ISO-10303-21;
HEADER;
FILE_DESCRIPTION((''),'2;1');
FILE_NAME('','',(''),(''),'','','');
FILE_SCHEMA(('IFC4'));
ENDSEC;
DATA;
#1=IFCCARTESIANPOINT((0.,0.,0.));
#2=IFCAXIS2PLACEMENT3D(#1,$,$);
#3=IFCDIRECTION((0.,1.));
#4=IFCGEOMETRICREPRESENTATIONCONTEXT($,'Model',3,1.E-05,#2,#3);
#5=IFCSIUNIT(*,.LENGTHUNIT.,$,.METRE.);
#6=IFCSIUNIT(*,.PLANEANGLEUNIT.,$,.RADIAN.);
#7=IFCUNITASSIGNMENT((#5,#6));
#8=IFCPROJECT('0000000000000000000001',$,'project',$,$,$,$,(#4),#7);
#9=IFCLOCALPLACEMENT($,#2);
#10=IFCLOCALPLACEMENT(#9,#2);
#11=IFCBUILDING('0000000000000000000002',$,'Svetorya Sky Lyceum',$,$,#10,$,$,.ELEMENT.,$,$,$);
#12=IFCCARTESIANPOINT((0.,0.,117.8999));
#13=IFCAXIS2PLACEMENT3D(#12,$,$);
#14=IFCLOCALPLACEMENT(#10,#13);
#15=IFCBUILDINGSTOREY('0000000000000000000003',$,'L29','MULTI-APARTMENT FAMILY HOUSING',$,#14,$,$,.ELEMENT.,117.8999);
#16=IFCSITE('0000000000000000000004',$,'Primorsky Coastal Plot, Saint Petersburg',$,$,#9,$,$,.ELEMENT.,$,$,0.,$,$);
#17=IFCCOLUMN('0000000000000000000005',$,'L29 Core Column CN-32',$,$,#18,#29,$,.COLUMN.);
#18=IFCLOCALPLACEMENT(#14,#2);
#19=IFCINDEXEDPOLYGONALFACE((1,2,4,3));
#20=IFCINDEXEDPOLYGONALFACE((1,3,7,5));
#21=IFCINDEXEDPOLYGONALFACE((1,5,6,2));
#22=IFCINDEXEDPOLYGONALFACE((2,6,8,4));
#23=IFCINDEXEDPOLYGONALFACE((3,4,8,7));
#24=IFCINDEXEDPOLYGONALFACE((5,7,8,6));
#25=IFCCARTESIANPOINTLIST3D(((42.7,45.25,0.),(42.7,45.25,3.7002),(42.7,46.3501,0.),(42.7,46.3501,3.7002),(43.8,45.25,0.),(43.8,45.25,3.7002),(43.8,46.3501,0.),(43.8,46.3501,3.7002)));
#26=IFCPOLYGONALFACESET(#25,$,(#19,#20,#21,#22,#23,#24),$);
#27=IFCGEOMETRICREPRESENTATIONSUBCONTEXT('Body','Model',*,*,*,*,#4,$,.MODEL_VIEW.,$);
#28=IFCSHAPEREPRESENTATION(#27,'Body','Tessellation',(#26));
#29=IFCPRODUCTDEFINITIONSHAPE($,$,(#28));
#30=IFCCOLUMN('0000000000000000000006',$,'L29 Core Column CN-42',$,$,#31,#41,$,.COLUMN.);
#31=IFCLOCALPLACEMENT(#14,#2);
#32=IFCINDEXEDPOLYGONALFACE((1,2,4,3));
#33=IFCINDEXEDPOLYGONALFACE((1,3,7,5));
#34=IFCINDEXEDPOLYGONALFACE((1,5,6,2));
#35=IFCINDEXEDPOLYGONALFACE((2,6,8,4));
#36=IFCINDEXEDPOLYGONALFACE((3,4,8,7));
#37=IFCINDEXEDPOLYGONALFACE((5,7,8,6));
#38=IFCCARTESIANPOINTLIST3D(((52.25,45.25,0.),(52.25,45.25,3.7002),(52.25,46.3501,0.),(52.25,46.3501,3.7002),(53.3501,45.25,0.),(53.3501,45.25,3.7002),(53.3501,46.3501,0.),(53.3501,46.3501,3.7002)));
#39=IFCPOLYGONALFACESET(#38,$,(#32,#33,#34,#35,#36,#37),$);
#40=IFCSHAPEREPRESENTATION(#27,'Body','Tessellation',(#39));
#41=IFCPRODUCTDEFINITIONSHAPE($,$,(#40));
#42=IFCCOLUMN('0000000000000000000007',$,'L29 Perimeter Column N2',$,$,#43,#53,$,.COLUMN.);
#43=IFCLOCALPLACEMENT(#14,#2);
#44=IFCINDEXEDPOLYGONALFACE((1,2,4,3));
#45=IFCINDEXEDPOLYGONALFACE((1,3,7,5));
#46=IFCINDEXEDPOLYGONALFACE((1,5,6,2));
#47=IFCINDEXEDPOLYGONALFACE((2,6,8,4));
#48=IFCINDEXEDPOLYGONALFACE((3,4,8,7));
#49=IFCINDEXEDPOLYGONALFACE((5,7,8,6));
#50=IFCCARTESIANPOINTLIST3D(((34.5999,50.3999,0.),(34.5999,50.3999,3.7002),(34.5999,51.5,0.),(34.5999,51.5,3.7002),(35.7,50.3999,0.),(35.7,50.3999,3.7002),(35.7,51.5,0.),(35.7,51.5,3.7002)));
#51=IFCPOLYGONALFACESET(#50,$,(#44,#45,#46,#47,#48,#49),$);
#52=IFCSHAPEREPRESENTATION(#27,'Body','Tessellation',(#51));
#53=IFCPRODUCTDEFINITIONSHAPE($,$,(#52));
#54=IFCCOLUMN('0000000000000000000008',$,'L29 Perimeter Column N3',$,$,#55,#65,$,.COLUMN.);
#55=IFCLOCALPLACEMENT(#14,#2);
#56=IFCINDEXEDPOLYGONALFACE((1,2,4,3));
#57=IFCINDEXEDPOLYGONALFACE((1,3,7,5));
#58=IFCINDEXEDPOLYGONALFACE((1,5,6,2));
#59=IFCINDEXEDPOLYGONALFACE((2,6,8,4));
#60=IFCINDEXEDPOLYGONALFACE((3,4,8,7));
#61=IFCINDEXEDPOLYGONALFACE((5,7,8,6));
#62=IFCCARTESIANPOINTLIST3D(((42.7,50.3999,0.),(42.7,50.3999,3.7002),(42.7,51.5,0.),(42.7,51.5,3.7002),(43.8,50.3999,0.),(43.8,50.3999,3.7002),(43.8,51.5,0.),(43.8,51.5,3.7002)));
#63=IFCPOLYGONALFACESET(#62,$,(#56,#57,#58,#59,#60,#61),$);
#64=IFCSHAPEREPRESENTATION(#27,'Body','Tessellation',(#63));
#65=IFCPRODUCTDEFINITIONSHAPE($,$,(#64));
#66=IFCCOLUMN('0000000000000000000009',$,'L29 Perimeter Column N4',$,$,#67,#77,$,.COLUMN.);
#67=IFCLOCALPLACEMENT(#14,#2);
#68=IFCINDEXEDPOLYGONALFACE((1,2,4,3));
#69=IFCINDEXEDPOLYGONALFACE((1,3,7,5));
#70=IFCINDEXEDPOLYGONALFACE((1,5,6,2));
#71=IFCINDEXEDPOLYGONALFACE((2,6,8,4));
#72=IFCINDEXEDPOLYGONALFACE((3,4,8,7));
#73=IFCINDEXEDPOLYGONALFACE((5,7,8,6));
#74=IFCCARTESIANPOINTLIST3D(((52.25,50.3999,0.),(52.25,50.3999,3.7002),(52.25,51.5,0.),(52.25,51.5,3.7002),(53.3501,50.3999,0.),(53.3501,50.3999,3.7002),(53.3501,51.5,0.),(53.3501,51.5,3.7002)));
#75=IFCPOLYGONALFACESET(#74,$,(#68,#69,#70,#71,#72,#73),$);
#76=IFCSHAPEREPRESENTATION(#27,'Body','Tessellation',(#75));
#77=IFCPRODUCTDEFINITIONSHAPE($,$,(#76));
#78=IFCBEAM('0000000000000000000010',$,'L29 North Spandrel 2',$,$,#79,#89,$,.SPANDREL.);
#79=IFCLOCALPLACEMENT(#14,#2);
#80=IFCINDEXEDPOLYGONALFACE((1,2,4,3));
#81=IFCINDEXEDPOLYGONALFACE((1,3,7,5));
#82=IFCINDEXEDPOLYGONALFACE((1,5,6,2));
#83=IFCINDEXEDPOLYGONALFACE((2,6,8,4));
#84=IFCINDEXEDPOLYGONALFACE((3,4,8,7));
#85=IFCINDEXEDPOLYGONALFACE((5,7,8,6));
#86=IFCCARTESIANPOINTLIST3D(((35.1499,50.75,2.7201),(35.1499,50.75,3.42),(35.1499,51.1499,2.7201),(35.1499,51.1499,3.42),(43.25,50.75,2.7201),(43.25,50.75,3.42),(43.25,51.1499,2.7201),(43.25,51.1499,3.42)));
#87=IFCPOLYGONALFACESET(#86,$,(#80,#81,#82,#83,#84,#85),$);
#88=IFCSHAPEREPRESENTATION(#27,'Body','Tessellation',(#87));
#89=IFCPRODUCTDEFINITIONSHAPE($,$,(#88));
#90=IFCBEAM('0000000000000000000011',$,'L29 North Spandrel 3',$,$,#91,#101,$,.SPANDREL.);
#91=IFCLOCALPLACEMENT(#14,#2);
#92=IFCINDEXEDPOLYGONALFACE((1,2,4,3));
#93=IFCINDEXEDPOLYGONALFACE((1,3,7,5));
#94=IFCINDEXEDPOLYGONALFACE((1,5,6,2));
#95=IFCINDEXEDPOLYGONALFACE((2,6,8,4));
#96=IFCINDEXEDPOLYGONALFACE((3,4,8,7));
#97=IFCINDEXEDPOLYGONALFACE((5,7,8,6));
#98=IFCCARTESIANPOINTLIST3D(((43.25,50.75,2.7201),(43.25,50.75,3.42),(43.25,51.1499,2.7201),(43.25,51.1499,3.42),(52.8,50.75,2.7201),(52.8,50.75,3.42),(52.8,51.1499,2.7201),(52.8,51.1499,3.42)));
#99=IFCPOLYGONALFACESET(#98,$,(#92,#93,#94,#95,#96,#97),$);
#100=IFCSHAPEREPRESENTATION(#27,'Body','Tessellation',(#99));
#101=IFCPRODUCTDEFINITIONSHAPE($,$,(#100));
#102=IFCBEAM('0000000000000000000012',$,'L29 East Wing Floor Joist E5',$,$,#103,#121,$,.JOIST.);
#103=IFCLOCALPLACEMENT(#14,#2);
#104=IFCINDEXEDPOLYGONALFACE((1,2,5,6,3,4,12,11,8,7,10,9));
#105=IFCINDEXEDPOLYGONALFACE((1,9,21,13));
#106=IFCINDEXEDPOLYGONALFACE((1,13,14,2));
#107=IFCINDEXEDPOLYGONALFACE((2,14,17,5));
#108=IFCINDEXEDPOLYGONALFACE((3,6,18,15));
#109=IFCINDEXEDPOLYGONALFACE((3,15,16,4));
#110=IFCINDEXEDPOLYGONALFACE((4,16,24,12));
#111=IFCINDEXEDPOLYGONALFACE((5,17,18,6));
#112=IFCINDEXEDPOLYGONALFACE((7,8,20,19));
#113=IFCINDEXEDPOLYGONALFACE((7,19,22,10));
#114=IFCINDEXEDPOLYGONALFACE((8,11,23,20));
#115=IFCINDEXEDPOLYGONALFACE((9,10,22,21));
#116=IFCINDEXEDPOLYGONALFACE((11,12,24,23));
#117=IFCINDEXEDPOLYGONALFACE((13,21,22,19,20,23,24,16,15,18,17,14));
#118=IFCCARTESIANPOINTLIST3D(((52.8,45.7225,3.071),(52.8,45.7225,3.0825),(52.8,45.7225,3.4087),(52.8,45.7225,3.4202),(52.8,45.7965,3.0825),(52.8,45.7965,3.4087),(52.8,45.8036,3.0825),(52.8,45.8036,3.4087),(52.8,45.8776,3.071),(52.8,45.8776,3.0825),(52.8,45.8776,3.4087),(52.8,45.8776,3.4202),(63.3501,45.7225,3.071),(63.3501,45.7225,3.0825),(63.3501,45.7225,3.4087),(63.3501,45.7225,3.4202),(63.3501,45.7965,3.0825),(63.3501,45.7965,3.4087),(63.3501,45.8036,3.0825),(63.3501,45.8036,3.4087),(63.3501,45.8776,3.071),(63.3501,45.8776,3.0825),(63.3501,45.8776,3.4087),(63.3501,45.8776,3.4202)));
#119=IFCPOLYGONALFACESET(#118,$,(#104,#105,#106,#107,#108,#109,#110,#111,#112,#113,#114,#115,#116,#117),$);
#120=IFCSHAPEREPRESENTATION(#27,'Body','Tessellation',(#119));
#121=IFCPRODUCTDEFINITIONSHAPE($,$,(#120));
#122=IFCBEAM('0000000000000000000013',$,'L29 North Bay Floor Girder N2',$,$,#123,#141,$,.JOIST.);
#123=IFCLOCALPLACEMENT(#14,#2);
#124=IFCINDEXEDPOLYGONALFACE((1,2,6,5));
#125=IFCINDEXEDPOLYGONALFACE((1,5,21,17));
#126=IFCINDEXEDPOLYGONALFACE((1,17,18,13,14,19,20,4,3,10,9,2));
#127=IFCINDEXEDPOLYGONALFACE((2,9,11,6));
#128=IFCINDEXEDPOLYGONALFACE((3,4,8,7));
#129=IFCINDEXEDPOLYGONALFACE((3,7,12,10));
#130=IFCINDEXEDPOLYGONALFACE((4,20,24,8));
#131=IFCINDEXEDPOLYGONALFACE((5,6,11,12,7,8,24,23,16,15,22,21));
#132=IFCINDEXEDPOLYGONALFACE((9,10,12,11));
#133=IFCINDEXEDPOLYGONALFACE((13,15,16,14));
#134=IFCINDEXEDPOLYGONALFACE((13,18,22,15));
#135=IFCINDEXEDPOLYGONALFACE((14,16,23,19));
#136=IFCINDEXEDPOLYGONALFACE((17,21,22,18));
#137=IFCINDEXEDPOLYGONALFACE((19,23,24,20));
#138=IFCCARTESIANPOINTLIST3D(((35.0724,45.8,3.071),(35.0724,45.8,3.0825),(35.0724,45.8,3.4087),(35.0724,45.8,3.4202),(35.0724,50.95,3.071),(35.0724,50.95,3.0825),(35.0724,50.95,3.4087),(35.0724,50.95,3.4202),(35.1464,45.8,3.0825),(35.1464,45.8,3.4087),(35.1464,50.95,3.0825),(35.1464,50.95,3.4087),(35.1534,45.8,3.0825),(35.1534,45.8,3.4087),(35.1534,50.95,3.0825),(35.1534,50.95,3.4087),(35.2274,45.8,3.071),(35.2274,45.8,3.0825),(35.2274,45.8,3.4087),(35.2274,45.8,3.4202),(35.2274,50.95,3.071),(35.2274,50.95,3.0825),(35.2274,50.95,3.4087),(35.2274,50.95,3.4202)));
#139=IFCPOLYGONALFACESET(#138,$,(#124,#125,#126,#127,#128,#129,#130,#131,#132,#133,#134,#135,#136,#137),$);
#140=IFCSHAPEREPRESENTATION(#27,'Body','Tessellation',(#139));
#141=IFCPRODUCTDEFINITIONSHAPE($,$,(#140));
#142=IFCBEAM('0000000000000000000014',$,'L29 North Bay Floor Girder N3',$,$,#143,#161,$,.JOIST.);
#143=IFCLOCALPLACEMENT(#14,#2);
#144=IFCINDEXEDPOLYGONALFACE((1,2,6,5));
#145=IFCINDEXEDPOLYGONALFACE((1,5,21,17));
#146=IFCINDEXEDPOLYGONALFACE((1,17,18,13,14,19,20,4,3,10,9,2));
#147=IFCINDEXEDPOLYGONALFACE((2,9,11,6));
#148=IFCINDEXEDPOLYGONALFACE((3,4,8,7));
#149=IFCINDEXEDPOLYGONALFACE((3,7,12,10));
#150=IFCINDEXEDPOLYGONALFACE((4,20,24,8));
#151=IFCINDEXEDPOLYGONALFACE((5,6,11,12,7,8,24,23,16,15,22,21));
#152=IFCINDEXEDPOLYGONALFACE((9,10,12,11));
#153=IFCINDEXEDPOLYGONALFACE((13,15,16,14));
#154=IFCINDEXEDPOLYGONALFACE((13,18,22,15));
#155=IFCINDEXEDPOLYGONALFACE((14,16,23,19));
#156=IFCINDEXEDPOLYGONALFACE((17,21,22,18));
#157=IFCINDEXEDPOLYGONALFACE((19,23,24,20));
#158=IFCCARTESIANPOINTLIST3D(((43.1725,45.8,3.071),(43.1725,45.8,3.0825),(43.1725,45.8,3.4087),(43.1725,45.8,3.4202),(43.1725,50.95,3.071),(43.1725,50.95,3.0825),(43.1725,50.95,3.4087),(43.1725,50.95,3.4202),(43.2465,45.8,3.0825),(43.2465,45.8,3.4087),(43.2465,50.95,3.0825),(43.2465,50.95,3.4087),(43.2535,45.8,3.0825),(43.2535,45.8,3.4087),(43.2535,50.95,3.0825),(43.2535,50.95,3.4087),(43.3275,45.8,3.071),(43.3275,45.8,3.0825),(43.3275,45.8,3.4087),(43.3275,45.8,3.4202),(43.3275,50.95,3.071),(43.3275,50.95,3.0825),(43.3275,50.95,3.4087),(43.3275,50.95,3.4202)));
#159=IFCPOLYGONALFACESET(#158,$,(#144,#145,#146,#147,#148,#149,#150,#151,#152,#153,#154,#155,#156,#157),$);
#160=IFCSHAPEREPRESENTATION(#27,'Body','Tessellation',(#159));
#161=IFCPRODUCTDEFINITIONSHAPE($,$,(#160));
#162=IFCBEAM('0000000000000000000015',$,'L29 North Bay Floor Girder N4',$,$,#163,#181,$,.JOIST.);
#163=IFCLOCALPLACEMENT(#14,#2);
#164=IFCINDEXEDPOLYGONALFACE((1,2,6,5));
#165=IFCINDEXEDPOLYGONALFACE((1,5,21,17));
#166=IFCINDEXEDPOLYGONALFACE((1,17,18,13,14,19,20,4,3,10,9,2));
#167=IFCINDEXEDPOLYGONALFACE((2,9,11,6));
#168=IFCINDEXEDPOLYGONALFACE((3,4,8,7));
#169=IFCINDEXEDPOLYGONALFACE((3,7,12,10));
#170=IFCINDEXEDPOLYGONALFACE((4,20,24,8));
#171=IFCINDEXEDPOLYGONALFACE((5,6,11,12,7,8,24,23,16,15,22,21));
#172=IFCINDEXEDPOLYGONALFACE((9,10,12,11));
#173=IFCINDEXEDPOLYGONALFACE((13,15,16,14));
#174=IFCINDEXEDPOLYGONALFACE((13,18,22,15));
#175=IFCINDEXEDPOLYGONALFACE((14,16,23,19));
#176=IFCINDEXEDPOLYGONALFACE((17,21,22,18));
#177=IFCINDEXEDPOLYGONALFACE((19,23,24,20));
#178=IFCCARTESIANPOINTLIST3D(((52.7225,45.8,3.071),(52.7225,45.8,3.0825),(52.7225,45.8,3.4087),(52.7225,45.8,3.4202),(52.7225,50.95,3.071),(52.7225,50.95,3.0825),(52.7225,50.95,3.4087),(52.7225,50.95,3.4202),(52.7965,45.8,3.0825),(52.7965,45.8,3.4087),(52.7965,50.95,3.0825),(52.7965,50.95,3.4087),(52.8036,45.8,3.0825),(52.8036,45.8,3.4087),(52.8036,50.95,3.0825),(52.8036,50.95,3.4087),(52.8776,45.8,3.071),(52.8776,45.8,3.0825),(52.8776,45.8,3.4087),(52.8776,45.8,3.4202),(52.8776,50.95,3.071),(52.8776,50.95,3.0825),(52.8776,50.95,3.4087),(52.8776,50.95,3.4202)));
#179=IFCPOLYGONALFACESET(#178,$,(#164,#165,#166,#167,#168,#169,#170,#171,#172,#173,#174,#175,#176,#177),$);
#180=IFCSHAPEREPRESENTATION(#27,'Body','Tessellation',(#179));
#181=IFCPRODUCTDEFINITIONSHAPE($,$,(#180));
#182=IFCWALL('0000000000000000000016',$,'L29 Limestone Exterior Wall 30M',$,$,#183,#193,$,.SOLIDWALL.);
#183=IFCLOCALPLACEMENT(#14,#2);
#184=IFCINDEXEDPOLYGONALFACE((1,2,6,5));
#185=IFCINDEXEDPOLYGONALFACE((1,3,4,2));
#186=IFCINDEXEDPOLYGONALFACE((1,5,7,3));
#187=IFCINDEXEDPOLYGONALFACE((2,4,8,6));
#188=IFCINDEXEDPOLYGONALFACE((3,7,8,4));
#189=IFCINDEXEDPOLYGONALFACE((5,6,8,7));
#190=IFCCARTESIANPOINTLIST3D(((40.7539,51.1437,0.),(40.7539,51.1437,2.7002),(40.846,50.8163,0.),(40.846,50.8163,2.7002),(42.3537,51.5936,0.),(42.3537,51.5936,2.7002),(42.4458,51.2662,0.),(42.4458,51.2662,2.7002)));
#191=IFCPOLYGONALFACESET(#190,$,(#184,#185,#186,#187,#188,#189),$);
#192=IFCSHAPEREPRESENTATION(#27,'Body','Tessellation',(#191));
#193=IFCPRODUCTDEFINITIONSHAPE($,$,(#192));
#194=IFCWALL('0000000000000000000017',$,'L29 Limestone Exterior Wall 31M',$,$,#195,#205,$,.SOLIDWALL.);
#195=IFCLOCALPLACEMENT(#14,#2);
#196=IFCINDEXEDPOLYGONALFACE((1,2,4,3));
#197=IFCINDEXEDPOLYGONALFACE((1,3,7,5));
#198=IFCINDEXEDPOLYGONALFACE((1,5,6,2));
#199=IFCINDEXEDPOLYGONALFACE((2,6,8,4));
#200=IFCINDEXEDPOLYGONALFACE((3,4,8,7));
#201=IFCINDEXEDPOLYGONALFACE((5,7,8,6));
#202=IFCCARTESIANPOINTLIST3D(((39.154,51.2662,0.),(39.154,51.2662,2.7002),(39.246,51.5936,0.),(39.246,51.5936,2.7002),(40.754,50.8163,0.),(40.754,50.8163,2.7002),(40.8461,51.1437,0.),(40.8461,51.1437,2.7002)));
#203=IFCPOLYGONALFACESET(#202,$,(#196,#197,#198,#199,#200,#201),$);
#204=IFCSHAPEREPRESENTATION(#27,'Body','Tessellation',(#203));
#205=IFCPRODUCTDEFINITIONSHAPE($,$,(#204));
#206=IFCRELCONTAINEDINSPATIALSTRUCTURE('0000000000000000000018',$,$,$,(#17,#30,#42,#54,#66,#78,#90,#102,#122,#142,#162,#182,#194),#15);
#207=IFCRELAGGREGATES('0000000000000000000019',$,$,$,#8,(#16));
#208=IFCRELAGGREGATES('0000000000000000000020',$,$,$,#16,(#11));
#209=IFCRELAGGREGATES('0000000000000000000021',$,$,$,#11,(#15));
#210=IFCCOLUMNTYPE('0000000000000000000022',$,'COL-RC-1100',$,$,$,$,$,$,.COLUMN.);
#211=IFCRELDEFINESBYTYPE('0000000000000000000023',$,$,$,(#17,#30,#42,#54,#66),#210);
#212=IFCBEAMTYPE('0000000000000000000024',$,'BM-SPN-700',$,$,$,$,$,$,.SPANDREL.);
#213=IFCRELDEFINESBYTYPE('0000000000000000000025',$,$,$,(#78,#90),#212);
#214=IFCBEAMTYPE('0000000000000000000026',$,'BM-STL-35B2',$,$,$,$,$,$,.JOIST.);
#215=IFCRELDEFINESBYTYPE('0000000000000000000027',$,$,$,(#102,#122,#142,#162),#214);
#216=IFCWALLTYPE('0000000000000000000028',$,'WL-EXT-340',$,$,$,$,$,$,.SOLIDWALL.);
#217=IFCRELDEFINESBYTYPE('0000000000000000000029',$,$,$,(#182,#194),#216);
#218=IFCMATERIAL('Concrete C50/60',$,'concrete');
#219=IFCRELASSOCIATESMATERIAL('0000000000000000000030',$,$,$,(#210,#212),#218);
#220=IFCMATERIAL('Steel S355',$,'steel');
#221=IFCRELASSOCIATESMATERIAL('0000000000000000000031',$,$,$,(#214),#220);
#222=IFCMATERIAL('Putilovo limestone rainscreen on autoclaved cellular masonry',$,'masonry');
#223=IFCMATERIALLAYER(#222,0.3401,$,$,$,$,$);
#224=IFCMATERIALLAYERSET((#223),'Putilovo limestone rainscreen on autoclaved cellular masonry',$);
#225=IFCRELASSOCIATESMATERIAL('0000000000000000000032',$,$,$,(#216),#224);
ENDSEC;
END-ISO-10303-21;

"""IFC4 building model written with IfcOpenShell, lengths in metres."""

from ifc_helpers import new_model, si_unit, direction, frame, frame_2d, origin, origin_2d, place, context, subcontext, project, spatial, rectangle, i_section, extrude, material, layer, layer_set, material_profile, profile_set, type_object, element, save


model = new_model("IFC4")

# Units and contexts
model_context = context("Model", 3, precision=1e-05, world=origin(), true_north=direction((0.0, 1.0)))
body_context = subcontext(model_context, "Body", "Model", "MODEL_VIEW")
ifc_project = project(units=[si_unit("LENGTHUNIT", "METRE"), si_unit("PLANEANGLEUNIT", "RADIAN")], contexts=[model_context])

# Site, building, storey
site_placement = place(None, origin())
site = spatial("IfcSite", under=ifc_project, at=site_placement, Name="Primorsky Coastal Plot, Saint Petersburg", CompositionType="ELEMENT", RefElevation=0.0)
building_placement = place(site_placement, origin())
building = spatial("IfcBuilding", under=site, at=building_placement, Name="Svetorya Sky Lyceum", CompositionType="ELEMENT")
storey_placement = place(building_placement, frame((0.0, 0.0, 117.8999)))
storey = spatial("IfcBuildingStorey", under=building, at=storey_placement, Name="L29", Description="MULTI-APARTMENT FAMILY HOUSING", CompositionType="ELEMENT", Elevation=117.8999)

# Columns
ifc_material_1 = material(Name="Concrete C50/60", Category="concrete")
ifc_material_profile_1 = material_profile(ifc_material_1, rectangle(XDim=1.1001, YDim=1.1001, at=origin_2d()), Name="RC COL 1100x1100")
ifc_profile_set_1 = profile_set([ifc_material_profile_1], Name="Concrete C50/60")
column_type = type_object("IfcColumnType", Name="COL-RC-1100", PredefinedType="COLUMN", material=ifc_profile_set_1)
for number, where, z_axis, x_axis, name in (
    (1, (43.25, 45.8, 0.0), (0.0, 0.0, 1.0), (1.0, 0.0, 0.0), "L29 Core Column CN-32"),
    (2, (52.8, 45.8, 0.0), (0.0, 0.0, 1.0), (1.0, 0.0, 0.0), "L29 Core Column CN-42"),
    (3, (35.1499, 50.95, 0.0), (0.0, 0.0, 1.0), (1.0, 0.0, 0.0), "L29 Perimeter Column N2"),
    (4, (43.25, 50.95, 0.0), (0.0, 0.0, 1.0), (1.0, 0.0, 0.0), "L29 Perimeter Column N3"),
    (5, (52.8, 50.95, 0.0), (0.0, 0.0, 1.0), (1.0, 0.0, 0.0), "L29 Perimeter Column N4"),
):
    element("IfcColumn", number, at=place(storey_placement, frame(where, z_axis=z_axis, x_axis=x_axis)), inside=storey, type_object=column_type, Name=name, PredefinedType="COLUMN", context=body_context, shape_type="SweptSolid", body=[
        extrude(rectangle(XDim=1.1001, YDim=1.1001, at=origin_2d()), origin(), (0.0, 0.0, 1.0), 3.7002),
    ])

# Beams
ifc_material_profile_2 = material_profile(ifc_material_1, rectangle(XDim=0.3999, YDim=0.7, at=origin_2d()), Name="RC SPANDREL 400x700")
ifc_profile_set_2 = profile_set([ifc_material_profile_2], Name="Concrete C50/60")
beam_type_1 = type_object("IfcBeamType", Name="BM-SPN-700", PredefinedType="SPANDREL", material=ifc_profile_set_2)
beam_1_placement = place(storey_placement, frame((35.1499, 50.95, 3.0701), z_axis=(1.0, 0.0, 0.0), x_axis=(0.0, 1.0, 0.0)))
element("IfcBeam", 6, at=beam_1_placement, inside=storey, type_object=beam_type_1, Name="L29 North Spandrel 2", PredefinedType="SPANDREL", context=body_context, shape_type="SweptSolid", body=[
    extrude(rectangle(XDim=0.3999, YDim=0.7, at=origin_2d()), origin(), (0.0, 0.0, 1.0), 8.1001),
])
beam_2_placement = place(storey_placement, frame((43.25, 50.95, 3.0701), z_axis=(1.0, 0.0, 0.0), x_axis=(0.0, 1.0, 0.0)))
element("IfcBeam", 7, at=beam_2_placement, inside=storey, type_object=beam_type_1, Name="L29 North Spandrel 3", PredefinedType="SPANDREL", context=body_context, shape_type="SweptSolid", body=[
    extrude(rectangle(XDim=0.3999, YDim=0.7, at=origin_2d()), origin(), (0.0, 0.0, 1.0), 9.55),
])
ifc_material_2 = material(Name="Steel S355", Category="steel")
ifc_material_profile_3 = material_profile(ifc_material_2, i_section(OverallWidth=0.155, OverallDepth=0.3491, WebThickness=0.0071, FlangeThickness=0.0115, at=origin_2d()), Name="GOST 35B2")
ifc_profile_set_3 = profile_set([ifc_material_profile_3], Name="Steel S355")
beam_type_2 = type_object("IfcBeamType", Name="BM-STL-35B2", PredefinedType="JOIST", material=ifc_profile_set_3)
beam_3_placement = place(storey_placement, frame((52.8, 45.8, 3.2456), z_axis=(1.0, 0.0, 0.0), x_axis=(0.0, 1.0, 0.0)))
element("IfcBeam", 8, at=beam_3_placement, inside=storey, type_object=beam_type_2, Name="L29 East Wing Floor Joist E5", PredefinedType="JOIST", context=body_context, shape_type="SweptSolid", body=[
    extrude(i_section(OverallWidth=0.155, OverallDepth=0.3491, WebThickness=0.0071, FlangeThickness=0.0115, at=origin_2d()), origin(), (0.0, 0.0, 1.0), 10.55),
])
for number, where, z_axis, x_axis, name in (
    (9, (35.1499, 45.8, 3.2456), (0.0, 1.0, 0.0), (-1.0, 0.0, 0.0), "L29 North Bay Floor Girder N2"),
    (10, (43.25, 45.8, 3.2456), (0.0, 1.0, 0.0), (-1.0, 0.0, 0.0), "L29 North Bay Floor Girder N3"),
    (11, (52.8, 45.8, 3.2456), (0.0, 1.0, 0.0), (-1.0, 0.0, 0.0), "L29 North Bay Floor Girder N4"),
):
    element("IfcBeam", number, at=place(storey_placement, frame(where, z_axis=z_axis, x_axis=x_axis)), inside=storey, type_object=beam_type_2, Name=name, PredefinedType="JOIST", context=body_context, shape_type="SweptSolid", body=[
        extrude(i_section(OverallWidth=0.155, OverallDepth=0.3491, WebThickness=0.0071, FlangeThickness=0.0115, at=origin_2d()), origin(), (0.0, 0.0, 1.0), 5.1499),
    ])

# Walls
ifc_material_3 = material(Name="Putilovo limestone rainscreen on autoclaved cellular masonry", Category="masonry")
ifc_layer_1 = layer(ifc_material_3, 0.3401)
ifc_layer_set_1 = layer_set([ifc_layer_1], Name="Putilovo limestone rainscreen on autoclaved cellular masonry")
wall_type_1 = type_object("IfcWallType", Name="WL-EXT-340", PredefinedType="SOLIDWALL", material=ifc_layer_set_1)
wall_1_placement = place(storey_placement, frame((42.3999, 51.4299, 0.0), z_axis=(0.0, 0.0, 1.0), x_axis=(-0.962652, -0.270741, 0.0)))
element("IfcWall", 12, at=wall_1_placement, inside=storey, type_object=wall_type_1, Name="L29 Limestone Exterior Wall 30M", PredefinedType="SOLIDWALL", context=body_context, shape_type="SweptSolid", body=[
    extrude(rectangle(XDim=1.6619, YDim=0.3401, at=frame_2d((0.8311, 0.0))), origin(), (0.0, 0.0, 1.0), 2.7002),
])
wall_2_placement = place(storey_placement, frame((40.8, 50.98, 0.0), z_axis=(0.0, 0.0, 1.0), x_axis=(-0.962663, 0.270703, 0.0)))
element("IfcWall", 13, at=wall_2_placement, inside=storey, type_object=wall_type_1, Name="L29 Limestone Exterior Wall 31M", PredefinedType="SOLIDWALL", context=body_context, shape_type="SweptSolid", body=[
    extrude(rectangle(XDim=1.6621, YDim=0.3401, at=frame_2d((0.8311, 0.0))), origin(), (0.0, 0.0, 1.0), 2.7002),
])

save(model, "model.ifc")
